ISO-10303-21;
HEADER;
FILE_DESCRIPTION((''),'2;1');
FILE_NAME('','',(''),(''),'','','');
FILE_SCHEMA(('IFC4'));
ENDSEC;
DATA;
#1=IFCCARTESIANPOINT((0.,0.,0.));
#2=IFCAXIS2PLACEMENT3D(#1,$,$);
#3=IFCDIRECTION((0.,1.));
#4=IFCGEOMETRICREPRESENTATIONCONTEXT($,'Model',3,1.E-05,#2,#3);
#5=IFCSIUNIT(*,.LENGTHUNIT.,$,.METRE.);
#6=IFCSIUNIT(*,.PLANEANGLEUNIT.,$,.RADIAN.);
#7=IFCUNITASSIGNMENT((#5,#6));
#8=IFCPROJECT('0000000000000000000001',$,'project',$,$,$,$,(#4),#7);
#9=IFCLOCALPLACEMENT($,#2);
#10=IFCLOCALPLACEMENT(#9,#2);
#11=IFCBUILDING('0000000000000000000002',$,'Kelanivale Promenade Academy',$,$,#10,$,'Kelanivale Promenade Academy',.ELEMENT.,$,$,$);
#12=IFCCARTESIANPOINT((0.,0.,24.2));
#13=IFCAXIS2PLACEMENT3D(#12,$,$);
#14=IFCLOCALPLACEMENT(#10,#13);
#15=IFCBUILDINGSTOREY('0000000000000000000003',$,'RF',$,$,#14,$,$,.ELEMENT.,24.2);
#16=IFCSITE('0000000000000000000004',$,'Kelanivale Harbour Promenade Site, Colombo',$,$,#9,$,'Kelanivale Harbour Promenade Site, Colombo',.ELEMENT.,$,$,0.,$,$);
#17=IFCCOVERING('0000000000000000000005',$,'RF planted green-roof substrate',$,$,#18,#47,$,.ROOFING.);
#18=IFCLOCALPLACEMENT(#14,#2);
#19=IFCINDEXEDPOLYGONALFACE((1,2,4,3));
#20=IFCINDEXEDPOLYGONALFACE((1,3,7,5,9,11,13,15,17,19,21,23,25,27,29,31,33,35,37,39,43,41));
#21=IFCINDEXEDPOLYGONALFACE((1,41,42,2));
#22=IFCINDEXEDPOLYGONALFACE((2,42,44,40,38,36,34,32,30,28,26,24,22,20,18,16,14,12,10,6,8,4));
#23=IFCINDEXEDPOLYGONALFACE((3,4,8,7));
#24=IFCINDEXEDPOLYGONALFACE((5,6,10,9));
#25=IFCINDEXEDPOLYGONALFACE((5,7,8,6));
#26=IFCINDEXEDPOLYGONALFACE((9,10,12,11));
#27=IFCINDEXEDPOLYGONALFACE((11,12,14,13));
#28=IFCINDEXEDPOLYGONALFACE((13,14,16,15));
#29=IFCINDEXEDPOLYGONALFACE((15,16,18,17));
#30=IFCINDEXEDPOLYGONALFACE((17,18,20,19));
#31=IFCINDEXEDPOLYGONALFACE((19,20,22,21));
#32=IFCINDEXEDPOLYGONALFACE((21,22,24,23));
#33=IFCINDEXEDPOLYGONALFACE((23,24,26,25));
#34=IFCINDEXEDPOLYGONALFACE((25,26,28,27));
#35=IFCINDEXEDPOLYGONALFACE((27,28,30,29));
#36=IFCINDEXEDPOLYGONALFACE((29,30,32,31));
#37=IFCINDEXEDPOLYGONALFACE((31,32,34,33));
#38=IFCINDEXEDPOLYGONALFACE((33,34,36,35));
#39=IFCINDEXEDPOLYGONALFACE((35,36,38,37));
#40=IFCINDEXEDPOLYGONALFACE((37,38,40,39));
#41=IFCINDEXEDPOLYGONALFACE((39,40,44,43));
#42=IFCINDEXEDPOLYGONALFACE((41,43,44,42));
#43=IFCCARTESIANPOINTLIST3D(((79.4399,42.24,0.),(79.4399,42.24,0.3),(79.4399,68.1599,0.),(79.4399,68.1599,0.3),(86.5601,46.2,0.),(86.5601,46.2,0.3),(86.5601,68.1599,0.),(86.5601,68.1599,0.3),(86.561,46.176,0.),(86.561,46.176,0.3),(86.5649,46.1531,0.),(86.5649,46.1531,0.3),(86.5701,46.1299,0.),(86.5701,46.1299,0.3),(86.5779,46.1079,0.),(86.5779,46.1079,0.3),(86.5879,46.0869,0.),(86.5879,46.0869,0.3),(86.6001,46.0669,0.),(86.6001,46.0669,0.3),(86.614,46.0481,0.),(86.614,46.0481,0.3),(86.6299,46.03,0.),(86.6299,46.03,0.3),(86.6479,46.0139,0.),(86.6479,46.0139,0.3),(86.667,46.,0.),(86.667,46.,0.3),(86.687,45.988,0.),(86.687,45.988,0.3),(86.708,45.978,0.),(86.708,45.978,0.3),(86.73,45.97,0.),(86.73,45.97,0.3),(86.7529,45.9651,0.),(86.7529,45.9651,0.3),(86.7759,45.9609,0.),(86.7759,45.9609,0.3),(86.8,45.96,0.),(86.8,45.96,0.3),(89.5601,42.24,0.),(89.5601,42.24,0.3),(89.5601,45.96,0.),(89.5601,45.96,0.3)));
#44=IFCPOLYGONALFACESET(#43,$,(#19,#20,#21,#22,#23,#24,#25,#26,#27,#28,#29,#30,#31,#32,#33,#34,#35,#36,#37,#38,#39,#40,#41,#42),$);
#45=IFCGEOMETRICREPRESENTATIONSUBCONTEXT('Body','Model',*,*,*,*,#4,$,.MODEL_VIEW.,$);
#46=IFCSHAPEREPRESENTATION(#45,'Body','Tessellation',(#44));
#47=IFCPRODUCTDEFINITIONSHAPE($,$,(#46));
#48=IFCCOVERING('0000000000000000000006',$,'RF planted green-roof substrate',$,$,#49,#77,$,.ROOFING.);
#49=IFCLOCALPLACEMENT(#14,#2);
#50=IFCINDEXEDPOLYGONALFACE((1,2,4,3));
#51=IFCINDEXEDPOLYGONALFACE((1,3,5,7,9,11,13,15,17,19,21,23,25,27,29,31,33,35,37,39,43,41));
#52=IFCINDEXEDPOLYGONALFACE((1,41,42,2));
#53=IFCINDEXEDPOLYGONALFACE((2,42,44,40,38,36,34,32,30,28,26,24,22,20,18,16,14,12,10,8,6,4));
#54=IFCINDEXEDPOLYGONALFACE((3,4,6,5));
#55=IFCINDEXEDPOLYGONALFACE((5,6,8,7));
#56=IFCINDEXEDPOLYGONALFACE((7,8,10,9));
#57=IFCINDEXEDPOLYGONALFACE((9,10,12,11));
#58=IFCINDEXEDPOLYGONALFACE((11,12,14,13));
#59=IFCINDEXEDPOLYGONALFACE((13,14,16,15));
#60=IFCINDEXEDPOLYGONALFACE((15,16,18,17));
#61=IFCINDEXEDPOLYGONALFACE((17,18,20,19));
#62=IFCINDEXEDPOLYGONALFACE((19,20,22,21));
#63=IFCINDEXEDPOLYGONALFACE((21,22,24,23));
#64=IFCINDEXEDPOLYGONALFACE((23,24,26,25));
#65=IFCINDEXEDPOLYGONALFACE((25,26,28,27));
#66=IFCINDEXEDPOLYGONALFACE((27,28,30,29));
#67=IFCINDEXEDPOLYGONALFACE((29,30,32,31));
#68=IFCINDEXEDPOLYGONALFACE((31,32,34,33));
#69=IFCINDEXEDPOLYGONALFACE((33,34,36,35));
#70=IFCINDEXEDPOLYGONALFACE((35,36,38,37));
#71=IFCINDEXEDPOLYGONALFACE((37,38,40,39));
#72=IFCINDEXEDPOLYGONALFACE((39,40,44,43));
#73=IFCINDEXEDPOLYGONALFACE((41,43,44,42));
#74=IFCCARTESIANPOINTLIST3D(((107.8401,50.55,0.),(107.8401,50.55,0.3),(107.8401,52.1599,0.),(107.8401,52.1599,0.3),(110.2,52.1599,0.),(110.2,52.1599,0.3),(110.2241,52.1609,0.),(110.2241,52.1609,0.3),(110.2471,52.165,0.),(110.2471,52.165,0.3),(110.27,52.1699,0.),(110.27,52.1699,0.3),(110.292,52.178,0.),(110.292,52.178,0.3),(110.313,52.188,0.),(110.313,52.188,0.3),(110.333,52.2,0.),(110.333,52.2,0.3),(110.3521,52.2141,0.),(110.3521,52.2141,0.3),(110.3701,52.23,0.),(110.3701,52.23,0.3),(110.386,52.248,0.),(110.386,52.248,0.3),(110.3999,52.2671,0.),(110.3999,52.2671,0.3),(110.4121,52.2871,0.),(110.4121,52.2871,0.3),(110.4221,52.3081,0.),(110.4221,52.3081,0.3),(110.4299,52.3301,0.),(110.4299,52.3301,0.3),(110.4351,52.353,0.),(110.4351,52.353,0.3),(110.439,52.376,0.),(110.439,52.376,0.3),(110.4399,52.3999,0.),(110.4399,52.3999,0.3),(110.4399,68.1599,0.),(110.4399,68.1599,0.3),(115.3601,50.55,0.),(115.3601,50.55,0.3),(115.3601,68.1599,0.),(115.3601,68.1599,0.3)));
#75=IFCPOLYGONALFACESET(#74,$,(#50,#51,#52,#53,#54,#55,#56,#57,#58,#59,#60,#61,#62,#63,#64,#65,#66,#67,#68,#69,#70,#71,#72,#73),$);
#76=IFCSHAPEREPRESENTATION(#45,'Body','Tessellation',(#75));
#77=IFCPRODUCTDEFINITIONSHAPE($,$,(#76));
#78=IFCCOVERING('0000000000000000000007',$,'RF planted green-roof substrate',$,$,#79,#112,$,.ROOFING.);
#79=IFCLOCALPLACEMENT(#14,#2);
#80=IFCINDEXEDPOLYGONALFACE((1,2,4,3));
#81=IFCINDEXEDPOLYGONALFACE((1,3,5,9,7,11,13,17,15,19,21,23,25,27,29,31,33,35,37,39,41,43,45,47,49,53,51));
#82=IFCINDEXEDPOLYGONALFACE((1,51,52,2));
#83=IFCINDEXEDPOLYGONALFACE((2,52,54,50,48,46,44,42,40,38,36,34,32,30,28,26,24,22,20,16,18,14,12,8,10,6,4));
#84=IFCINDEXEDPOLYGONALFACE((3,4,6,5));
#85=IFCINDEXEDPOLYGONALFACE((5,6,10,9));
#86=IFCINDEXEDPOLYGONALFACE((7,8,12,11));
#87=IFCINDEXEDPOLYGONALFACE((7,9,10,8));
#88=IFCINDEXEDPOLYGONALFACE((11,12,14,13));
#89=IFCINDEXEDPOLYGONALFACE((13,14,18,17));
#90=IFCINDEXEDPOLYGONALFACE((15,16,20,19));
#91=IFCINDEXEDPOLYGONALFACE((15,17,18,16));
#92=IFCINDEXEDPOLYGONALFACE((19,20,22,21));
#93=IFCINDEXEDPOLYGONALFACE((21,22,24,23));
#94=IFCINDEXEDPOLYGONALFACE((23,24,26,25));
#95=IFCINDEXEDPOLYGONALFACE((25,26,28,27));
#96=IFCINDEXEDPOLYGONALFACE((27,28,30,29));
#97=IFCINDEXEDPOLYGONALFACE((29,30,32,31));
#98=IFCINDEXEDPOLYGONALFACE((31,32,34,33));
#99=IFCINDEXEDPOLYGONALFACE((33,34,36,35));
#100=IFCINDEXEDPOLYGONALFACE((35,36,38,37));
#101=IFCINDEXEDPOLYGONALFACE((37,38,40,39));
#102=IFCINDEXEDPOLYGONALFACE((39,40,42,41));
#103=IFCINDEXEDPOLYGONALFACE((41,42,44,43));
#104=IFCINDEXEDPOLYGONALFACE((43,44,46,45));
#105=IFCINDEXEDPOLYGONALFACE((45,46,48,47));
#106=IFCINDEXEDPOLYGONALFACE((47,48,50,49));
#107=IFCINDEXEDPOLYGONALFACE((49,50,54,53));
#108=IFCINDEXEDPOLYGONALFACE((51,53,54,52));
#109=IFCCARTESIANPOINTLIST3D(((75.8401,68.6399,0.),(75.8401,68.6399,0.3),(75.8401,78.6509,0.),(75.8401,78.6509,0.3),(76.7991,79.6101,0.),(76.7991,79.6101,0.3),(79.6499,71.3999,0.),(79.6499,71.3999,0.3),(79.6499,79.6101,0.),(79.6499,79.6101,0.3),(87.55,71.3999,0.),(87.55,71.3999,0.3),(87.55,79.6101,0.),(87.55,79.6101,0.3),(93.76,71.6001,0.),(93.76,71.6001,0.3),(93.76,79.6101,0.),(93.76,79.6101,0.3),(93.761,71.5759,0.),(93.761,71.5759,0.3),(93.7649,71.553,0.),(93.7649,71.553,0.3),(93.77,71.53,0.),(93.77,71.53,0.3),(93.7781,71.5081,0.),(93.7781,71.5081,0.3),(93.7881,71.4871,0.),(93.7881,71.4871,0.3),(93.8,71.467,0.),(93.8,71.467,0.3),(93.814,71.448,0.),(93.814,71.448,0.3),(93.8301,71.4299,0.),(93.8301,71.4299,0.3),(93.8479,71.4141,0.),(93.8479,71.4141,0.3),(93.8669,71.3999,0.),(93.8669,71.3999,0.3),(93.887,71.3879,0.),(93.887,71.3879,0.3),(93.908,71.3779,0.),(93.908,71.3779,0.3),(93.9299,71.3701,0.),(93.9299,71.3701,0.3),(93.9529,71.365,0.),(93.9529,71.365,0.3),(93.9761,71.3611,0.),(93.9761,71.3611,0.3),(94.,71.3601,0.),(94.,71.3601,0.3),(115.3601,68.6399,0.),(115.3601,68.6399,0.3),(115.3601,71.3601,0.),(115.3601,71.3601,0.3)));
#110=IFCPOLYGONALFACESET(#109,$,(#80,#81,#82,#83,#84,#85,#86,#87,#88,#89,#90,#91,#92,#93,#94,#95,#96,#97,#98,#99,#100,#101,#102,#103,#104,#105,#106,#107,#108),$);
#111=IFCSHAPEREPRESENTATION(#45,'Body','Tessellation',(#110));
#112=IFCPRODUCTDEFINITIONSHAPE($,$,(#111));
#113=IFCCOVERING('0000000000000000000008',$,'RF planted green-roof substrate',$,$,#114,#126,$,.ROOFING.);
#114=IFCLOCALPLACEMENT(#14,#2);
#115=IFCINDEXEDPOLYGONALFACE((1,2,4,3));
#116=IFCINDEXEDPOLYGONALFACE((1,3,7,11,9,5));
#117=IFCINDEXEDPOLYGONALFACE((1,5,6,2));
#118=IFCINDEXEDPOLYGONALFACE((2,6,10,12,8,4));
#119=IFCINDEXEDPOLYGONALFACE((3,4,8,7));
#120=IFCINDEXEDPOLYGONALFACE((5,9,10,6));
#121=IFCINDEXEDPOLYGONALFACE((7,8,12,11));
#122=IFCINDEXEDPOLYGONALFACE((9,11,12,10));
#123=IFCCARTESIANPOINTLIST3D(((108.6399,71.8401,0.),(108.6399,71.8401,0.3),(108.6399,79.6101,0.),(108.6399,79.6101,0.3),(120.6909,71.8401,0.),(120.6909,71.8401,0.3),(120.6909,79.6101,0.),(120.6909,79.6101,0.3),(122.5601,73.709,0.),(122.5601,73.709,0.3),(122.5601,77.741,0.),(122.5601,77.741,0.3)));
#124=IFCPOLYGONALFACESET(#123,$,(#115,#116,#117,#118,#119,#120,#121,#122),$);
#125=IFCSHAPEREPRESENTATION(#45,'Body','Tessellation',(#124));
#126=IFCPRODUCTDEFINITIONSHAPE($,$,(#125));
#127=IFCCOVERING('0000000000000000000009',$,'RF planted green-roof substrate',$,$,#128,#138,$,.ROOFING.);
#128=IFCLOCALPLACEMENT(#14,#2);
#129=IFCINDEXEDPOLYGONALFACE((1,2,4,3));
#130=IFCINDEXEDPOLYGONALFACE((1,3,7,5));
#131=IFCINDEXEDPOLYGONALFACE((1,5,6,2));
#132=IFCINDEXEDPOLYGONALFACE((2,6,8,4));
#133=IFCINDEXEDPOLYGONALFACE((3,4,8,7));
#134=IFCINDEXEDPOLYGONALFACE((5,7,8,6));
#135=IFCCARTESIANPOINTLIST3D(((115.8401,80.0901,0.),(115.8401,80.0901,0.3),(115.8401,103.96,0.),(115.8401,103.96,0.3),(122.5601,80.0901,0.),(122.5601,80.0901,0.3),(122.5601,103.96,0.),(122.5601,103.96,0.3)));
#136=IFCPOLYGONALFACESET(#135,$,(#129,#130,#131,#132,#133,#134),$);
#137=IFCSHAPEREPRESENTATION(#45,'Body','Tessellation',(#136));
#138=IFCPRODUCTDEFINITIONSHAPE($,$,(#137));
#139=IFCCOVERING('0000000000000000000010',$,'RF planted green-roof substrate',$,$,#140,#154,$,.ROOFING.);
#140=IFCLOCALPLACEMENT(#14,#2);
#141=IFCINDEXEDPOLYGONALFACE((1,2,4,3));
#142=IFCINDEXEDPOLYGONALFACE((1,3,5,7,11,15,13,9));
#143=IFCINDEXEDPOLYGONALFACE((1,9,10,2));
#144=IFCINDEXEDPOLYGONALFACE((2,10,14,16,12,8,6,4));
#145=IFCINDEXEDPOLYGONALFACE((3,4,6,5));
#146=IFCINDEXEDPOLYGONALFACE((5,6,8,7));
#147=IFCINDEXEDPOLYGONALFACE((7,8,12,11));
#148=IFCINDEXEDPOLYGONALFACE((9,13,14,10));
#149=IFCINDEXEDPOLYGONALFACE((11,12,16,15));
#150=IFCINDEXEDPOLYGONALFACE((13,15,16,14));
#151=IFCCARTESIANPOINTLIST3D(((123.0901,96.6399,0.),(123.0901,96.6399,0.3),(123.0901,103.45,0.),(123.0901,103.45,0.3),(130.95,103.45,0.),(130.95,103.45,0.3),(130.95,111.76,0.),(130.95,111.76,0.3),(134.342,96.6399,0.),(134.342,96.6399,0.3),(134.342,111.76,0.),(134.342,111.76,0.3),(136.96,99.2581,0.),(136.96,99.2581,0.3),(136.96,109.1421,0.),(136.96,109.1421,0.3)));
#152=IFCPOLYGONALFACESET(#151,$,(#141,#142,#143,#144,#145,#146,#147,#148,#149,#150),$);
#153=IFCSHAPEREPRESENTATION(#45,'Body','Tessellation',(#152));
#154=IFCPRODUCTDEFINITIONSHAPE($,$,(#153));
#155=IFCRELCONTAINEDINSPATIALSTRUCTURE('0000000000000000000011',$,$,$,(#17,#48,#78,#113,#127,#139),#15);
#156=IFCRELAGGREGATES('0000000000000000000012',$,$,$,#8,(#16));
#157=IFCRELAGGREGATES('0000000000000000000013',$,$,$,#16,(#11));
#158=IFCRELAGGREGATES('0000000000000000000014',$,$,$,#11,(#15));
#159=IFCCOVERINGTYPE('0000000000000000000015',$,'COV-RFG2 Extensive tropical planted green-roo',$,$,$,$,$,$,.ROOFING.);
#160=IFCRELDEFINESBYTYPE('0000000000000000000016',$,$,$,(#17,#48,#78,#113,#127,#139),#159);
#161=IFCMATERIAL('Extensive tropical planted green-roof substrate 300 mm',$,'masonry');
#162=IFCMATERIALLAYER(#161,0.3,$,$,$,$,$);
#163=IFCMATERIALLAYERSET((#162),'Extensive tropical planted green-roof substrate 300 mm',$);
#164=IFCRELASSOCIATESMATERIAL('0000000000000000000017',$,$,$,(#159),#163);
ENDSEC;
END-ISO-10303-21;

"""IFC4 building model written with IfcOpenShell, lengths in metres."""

from ifc_helpers import new_model, si_unit, direction, frame, origin, place, context, subcontext, project, spatial, polyline, outline, extrude, material, layer, layer_set, type_object, element, save


model = new_model("IFC4")

# Units and contexts
model_context = context("Model", 3, precision=1e-05, world=origin(), true_north=direction((0.0, 1.0)))
body_context = subcontext(model_context, "Body", "Model", "MODEL_VIEW")
ifc_project = project(units=[si_unit("LENGTHUNIT", "METRE"), si_unit("PLANEANGLEUNIT", "RADIAN")], contexts=[model_context])

# Site, building, storey
site_placement = place(None, origin())
site = spatial("IfcSite", under=ifc_project, at=site_placement, Name="Kelanivale Harbour Promenade Site, Colombo", LongName="Kelanivale Harbour Promenade Site, Colombo", CompositionType="ELEMENT", RefElevation=0.0)
building_placement = place(site_placement, origin())
building = spatial("IfcBuilding", under=site, at=building_placement, Name="Kelanivale Promenade Academy", LongName="Kelanivale Promenade Academy", CompositionType="ELEMENT")
storey_placement = place(building_placement, frame((0.0, 0.0, 24.2)))
storey = spatial("IfcBuildingStorey", under=building, at=storey_placement, Name="RF", CompositionType="ELEMENT", Elevation=24.2)

# Coverings
ifc_material_1 = material(Name="Extensive tropical planted green-roof substrate 300 mm", Category="masonry")
ifc_layer_1 = layer(ifc_material_1, 0.3)
ifc_layer_set_1 = layer_set([ifc_layer_1], Name="Extensive tropical planted green-roof substrate 300 mm")
covering_type_1 = type_object("IfcCoveringType", Name="COV-RFG2 Extensive tropical planted green-roo", PredefinedType="ROOFING", material=ifc_layer_set_1)
covering_1_placement = place(storey_placement, origin())
element("IfcCovering", 1, at=covering_1_placement, inside=storey, type_object=covering_type_1, Name="RF planted green-roof substrate", PredefinedType="ROOFING", context=body_context, shape_type="SweptSolid", body=[
    extrude(outline(polyline([(86.5601, 46.2), (86.5601, 68.1599), (79.4399, 68.1599), (79.4399, 42.24), (89.5601, 42.24), (89.5601, 45.96), (86.8, 45.96), (86.7759, 45.9609), (86.7529, 45.9651), (86.73, 45.97), (86.708, 45.978), (86.687, 45.988), (86.667, 46.0), (86.6479, 46.0139), (86.6299, 46.03), (86.614, 46.0481), (86.6001, 46.0669), (86.5879, 46.0869), (86.5779, 46.1079), (86.5701, 46.1299), (86.5649, 46.1531), (86.561, 46.176), (86.5601, 46.2)])), origin(), (0.0, 0.0, 1.0), 0.3),
])
covering_2_placement = place(storey_placement, origin())
element("IfcCovering", 2, at=covering_2_placement, inside=storey, type_object=covering_type_1, Name="RF planted green-roof substrate", PredefinedType="ROOFING", context=body_context, shape_type="SweptSolid", body=[
    extrude(outline(polyline([(110.2241, 52.1609), (110.2, 52.1599), (107.8401, 52.1599), (107.8401, 50.55), (115.3601, 50.55), (115.3601, 68.1599), (110.4399, 68.1599), (110.4399, 52.3999), (110.439, 52.376), (110.4351, 52.353), (110.4299, 52.3301), (110.4221, 52.3081), (110.4121, 52.2871), (110.3999, 52.2671), (110.386, 52.248), (110.3701, 52.23), (110.3521, 52.2141), (110.333, 52.2), (110.313, 52.188), (110.292, 52.178), (110.27, 52.1699), (110.2471, 52.165), (110.2241, 52.1609)])), origin(), (0.0, 0.0, 1.0), 0.3),
])
covering_3_placement = place(storey_placement, origin())
element("IfcCovering", 3, at=covering_3_placement, inside=storey, type_object=covering_type_1, Name="RF planted green-roof substrate", PredefinedType="ROOFING", context=body_context, shape_type="SweptSolid", body=[
    extrude(outline(polyline([(79.6499, 79.6101), (76.7991, 79.6101), (75.8401, 78.6509), (75.8401, 68.6399), (115.3601, 68.6399), (115.3601, 71.3601), (94.0, 71.3601), (93.9761, 71.3611), (93.9529, 71.365), (93.9299, 71.3701), (93.908, 71.3779), (93.887, 71.3879), (93.8669, 71.3999), (93.8479, 71.4141), (93.8301, 71.4299), (93.814, 71.448), (93.8, 71.467), (93.7881, 71.4871), (93.7781, 71.5081), (93.77, 71.53), (93.7649, 71.553), (93.761, 71.5759), (93.76, 71.6001), (93.76, 79.6101), (87.55, 79.6101), (87.55, 71.3999), (79.6499, 71.3999), (79.6499, 79.6101)])), origin(), (0.0, 0.0, 1.0), 0.3),
])
covering_4_placement = place(storey_placement, origin())
element("IfcCovering", 4, at=covering_4_placement, inside=storey, type_object=covering_type_1, Name="RF planted green-roof substrate", PredefinedType="ROOFING", context=body_context, shape_type="SweptSolid", body=[
    extrude(outline(polyline([(122.5601, 77.741), (120.6909, 79.6101), (108.6399, 79.6101), (108.6399, 71.8401), (120.6909, 71.8401), (122.5601, 73.709), (122.5601, 77.741)])), origin(), (0.0, 0.0, 1.0), 0.3),
])
covering_5_placement = place(storey_placement, origin())
element("IfcCovering", 5, at=covering_5_placement, inside=storey, type_object=covering_type_1, Name="RF planted green-roof substrate", PredefinedType="ROOFING", context=body_context, shape_type="SweptSolid", body=[
    extrude(outline(polyline([(122.5601, 80.0901), (122.5601, 103.96), (115.8401, 103.96), (115.8401, 80.0901), (122.5601, 80.0901)])), origin(), (0.0, 0.0, 1.0), 0.3),
])
covering_6_placement = place(storey_placement, origin())
element("IfcCovering", 6, at=covering_6_placement, inside=storey, type_object=covering_type_1, Name="RF planted green-roof substrate", PredefinedType="ROOFING", context=body_context, shape_type="SweptSolid", body=[
    extrude(outline(polyline([(136.96, 109.1421), (134.342, 111.76), (130.95, 111.76), (130.95, 103.45), (123.0901, 103.45), (123.0901, 96.6399), (134.342, 96.6399), (136.96, 99.2581), (136.96, 109.1421)])), origin(), (0.0, 0.0, 1.0), 0.3),
])

save(model, "model.ifc")
